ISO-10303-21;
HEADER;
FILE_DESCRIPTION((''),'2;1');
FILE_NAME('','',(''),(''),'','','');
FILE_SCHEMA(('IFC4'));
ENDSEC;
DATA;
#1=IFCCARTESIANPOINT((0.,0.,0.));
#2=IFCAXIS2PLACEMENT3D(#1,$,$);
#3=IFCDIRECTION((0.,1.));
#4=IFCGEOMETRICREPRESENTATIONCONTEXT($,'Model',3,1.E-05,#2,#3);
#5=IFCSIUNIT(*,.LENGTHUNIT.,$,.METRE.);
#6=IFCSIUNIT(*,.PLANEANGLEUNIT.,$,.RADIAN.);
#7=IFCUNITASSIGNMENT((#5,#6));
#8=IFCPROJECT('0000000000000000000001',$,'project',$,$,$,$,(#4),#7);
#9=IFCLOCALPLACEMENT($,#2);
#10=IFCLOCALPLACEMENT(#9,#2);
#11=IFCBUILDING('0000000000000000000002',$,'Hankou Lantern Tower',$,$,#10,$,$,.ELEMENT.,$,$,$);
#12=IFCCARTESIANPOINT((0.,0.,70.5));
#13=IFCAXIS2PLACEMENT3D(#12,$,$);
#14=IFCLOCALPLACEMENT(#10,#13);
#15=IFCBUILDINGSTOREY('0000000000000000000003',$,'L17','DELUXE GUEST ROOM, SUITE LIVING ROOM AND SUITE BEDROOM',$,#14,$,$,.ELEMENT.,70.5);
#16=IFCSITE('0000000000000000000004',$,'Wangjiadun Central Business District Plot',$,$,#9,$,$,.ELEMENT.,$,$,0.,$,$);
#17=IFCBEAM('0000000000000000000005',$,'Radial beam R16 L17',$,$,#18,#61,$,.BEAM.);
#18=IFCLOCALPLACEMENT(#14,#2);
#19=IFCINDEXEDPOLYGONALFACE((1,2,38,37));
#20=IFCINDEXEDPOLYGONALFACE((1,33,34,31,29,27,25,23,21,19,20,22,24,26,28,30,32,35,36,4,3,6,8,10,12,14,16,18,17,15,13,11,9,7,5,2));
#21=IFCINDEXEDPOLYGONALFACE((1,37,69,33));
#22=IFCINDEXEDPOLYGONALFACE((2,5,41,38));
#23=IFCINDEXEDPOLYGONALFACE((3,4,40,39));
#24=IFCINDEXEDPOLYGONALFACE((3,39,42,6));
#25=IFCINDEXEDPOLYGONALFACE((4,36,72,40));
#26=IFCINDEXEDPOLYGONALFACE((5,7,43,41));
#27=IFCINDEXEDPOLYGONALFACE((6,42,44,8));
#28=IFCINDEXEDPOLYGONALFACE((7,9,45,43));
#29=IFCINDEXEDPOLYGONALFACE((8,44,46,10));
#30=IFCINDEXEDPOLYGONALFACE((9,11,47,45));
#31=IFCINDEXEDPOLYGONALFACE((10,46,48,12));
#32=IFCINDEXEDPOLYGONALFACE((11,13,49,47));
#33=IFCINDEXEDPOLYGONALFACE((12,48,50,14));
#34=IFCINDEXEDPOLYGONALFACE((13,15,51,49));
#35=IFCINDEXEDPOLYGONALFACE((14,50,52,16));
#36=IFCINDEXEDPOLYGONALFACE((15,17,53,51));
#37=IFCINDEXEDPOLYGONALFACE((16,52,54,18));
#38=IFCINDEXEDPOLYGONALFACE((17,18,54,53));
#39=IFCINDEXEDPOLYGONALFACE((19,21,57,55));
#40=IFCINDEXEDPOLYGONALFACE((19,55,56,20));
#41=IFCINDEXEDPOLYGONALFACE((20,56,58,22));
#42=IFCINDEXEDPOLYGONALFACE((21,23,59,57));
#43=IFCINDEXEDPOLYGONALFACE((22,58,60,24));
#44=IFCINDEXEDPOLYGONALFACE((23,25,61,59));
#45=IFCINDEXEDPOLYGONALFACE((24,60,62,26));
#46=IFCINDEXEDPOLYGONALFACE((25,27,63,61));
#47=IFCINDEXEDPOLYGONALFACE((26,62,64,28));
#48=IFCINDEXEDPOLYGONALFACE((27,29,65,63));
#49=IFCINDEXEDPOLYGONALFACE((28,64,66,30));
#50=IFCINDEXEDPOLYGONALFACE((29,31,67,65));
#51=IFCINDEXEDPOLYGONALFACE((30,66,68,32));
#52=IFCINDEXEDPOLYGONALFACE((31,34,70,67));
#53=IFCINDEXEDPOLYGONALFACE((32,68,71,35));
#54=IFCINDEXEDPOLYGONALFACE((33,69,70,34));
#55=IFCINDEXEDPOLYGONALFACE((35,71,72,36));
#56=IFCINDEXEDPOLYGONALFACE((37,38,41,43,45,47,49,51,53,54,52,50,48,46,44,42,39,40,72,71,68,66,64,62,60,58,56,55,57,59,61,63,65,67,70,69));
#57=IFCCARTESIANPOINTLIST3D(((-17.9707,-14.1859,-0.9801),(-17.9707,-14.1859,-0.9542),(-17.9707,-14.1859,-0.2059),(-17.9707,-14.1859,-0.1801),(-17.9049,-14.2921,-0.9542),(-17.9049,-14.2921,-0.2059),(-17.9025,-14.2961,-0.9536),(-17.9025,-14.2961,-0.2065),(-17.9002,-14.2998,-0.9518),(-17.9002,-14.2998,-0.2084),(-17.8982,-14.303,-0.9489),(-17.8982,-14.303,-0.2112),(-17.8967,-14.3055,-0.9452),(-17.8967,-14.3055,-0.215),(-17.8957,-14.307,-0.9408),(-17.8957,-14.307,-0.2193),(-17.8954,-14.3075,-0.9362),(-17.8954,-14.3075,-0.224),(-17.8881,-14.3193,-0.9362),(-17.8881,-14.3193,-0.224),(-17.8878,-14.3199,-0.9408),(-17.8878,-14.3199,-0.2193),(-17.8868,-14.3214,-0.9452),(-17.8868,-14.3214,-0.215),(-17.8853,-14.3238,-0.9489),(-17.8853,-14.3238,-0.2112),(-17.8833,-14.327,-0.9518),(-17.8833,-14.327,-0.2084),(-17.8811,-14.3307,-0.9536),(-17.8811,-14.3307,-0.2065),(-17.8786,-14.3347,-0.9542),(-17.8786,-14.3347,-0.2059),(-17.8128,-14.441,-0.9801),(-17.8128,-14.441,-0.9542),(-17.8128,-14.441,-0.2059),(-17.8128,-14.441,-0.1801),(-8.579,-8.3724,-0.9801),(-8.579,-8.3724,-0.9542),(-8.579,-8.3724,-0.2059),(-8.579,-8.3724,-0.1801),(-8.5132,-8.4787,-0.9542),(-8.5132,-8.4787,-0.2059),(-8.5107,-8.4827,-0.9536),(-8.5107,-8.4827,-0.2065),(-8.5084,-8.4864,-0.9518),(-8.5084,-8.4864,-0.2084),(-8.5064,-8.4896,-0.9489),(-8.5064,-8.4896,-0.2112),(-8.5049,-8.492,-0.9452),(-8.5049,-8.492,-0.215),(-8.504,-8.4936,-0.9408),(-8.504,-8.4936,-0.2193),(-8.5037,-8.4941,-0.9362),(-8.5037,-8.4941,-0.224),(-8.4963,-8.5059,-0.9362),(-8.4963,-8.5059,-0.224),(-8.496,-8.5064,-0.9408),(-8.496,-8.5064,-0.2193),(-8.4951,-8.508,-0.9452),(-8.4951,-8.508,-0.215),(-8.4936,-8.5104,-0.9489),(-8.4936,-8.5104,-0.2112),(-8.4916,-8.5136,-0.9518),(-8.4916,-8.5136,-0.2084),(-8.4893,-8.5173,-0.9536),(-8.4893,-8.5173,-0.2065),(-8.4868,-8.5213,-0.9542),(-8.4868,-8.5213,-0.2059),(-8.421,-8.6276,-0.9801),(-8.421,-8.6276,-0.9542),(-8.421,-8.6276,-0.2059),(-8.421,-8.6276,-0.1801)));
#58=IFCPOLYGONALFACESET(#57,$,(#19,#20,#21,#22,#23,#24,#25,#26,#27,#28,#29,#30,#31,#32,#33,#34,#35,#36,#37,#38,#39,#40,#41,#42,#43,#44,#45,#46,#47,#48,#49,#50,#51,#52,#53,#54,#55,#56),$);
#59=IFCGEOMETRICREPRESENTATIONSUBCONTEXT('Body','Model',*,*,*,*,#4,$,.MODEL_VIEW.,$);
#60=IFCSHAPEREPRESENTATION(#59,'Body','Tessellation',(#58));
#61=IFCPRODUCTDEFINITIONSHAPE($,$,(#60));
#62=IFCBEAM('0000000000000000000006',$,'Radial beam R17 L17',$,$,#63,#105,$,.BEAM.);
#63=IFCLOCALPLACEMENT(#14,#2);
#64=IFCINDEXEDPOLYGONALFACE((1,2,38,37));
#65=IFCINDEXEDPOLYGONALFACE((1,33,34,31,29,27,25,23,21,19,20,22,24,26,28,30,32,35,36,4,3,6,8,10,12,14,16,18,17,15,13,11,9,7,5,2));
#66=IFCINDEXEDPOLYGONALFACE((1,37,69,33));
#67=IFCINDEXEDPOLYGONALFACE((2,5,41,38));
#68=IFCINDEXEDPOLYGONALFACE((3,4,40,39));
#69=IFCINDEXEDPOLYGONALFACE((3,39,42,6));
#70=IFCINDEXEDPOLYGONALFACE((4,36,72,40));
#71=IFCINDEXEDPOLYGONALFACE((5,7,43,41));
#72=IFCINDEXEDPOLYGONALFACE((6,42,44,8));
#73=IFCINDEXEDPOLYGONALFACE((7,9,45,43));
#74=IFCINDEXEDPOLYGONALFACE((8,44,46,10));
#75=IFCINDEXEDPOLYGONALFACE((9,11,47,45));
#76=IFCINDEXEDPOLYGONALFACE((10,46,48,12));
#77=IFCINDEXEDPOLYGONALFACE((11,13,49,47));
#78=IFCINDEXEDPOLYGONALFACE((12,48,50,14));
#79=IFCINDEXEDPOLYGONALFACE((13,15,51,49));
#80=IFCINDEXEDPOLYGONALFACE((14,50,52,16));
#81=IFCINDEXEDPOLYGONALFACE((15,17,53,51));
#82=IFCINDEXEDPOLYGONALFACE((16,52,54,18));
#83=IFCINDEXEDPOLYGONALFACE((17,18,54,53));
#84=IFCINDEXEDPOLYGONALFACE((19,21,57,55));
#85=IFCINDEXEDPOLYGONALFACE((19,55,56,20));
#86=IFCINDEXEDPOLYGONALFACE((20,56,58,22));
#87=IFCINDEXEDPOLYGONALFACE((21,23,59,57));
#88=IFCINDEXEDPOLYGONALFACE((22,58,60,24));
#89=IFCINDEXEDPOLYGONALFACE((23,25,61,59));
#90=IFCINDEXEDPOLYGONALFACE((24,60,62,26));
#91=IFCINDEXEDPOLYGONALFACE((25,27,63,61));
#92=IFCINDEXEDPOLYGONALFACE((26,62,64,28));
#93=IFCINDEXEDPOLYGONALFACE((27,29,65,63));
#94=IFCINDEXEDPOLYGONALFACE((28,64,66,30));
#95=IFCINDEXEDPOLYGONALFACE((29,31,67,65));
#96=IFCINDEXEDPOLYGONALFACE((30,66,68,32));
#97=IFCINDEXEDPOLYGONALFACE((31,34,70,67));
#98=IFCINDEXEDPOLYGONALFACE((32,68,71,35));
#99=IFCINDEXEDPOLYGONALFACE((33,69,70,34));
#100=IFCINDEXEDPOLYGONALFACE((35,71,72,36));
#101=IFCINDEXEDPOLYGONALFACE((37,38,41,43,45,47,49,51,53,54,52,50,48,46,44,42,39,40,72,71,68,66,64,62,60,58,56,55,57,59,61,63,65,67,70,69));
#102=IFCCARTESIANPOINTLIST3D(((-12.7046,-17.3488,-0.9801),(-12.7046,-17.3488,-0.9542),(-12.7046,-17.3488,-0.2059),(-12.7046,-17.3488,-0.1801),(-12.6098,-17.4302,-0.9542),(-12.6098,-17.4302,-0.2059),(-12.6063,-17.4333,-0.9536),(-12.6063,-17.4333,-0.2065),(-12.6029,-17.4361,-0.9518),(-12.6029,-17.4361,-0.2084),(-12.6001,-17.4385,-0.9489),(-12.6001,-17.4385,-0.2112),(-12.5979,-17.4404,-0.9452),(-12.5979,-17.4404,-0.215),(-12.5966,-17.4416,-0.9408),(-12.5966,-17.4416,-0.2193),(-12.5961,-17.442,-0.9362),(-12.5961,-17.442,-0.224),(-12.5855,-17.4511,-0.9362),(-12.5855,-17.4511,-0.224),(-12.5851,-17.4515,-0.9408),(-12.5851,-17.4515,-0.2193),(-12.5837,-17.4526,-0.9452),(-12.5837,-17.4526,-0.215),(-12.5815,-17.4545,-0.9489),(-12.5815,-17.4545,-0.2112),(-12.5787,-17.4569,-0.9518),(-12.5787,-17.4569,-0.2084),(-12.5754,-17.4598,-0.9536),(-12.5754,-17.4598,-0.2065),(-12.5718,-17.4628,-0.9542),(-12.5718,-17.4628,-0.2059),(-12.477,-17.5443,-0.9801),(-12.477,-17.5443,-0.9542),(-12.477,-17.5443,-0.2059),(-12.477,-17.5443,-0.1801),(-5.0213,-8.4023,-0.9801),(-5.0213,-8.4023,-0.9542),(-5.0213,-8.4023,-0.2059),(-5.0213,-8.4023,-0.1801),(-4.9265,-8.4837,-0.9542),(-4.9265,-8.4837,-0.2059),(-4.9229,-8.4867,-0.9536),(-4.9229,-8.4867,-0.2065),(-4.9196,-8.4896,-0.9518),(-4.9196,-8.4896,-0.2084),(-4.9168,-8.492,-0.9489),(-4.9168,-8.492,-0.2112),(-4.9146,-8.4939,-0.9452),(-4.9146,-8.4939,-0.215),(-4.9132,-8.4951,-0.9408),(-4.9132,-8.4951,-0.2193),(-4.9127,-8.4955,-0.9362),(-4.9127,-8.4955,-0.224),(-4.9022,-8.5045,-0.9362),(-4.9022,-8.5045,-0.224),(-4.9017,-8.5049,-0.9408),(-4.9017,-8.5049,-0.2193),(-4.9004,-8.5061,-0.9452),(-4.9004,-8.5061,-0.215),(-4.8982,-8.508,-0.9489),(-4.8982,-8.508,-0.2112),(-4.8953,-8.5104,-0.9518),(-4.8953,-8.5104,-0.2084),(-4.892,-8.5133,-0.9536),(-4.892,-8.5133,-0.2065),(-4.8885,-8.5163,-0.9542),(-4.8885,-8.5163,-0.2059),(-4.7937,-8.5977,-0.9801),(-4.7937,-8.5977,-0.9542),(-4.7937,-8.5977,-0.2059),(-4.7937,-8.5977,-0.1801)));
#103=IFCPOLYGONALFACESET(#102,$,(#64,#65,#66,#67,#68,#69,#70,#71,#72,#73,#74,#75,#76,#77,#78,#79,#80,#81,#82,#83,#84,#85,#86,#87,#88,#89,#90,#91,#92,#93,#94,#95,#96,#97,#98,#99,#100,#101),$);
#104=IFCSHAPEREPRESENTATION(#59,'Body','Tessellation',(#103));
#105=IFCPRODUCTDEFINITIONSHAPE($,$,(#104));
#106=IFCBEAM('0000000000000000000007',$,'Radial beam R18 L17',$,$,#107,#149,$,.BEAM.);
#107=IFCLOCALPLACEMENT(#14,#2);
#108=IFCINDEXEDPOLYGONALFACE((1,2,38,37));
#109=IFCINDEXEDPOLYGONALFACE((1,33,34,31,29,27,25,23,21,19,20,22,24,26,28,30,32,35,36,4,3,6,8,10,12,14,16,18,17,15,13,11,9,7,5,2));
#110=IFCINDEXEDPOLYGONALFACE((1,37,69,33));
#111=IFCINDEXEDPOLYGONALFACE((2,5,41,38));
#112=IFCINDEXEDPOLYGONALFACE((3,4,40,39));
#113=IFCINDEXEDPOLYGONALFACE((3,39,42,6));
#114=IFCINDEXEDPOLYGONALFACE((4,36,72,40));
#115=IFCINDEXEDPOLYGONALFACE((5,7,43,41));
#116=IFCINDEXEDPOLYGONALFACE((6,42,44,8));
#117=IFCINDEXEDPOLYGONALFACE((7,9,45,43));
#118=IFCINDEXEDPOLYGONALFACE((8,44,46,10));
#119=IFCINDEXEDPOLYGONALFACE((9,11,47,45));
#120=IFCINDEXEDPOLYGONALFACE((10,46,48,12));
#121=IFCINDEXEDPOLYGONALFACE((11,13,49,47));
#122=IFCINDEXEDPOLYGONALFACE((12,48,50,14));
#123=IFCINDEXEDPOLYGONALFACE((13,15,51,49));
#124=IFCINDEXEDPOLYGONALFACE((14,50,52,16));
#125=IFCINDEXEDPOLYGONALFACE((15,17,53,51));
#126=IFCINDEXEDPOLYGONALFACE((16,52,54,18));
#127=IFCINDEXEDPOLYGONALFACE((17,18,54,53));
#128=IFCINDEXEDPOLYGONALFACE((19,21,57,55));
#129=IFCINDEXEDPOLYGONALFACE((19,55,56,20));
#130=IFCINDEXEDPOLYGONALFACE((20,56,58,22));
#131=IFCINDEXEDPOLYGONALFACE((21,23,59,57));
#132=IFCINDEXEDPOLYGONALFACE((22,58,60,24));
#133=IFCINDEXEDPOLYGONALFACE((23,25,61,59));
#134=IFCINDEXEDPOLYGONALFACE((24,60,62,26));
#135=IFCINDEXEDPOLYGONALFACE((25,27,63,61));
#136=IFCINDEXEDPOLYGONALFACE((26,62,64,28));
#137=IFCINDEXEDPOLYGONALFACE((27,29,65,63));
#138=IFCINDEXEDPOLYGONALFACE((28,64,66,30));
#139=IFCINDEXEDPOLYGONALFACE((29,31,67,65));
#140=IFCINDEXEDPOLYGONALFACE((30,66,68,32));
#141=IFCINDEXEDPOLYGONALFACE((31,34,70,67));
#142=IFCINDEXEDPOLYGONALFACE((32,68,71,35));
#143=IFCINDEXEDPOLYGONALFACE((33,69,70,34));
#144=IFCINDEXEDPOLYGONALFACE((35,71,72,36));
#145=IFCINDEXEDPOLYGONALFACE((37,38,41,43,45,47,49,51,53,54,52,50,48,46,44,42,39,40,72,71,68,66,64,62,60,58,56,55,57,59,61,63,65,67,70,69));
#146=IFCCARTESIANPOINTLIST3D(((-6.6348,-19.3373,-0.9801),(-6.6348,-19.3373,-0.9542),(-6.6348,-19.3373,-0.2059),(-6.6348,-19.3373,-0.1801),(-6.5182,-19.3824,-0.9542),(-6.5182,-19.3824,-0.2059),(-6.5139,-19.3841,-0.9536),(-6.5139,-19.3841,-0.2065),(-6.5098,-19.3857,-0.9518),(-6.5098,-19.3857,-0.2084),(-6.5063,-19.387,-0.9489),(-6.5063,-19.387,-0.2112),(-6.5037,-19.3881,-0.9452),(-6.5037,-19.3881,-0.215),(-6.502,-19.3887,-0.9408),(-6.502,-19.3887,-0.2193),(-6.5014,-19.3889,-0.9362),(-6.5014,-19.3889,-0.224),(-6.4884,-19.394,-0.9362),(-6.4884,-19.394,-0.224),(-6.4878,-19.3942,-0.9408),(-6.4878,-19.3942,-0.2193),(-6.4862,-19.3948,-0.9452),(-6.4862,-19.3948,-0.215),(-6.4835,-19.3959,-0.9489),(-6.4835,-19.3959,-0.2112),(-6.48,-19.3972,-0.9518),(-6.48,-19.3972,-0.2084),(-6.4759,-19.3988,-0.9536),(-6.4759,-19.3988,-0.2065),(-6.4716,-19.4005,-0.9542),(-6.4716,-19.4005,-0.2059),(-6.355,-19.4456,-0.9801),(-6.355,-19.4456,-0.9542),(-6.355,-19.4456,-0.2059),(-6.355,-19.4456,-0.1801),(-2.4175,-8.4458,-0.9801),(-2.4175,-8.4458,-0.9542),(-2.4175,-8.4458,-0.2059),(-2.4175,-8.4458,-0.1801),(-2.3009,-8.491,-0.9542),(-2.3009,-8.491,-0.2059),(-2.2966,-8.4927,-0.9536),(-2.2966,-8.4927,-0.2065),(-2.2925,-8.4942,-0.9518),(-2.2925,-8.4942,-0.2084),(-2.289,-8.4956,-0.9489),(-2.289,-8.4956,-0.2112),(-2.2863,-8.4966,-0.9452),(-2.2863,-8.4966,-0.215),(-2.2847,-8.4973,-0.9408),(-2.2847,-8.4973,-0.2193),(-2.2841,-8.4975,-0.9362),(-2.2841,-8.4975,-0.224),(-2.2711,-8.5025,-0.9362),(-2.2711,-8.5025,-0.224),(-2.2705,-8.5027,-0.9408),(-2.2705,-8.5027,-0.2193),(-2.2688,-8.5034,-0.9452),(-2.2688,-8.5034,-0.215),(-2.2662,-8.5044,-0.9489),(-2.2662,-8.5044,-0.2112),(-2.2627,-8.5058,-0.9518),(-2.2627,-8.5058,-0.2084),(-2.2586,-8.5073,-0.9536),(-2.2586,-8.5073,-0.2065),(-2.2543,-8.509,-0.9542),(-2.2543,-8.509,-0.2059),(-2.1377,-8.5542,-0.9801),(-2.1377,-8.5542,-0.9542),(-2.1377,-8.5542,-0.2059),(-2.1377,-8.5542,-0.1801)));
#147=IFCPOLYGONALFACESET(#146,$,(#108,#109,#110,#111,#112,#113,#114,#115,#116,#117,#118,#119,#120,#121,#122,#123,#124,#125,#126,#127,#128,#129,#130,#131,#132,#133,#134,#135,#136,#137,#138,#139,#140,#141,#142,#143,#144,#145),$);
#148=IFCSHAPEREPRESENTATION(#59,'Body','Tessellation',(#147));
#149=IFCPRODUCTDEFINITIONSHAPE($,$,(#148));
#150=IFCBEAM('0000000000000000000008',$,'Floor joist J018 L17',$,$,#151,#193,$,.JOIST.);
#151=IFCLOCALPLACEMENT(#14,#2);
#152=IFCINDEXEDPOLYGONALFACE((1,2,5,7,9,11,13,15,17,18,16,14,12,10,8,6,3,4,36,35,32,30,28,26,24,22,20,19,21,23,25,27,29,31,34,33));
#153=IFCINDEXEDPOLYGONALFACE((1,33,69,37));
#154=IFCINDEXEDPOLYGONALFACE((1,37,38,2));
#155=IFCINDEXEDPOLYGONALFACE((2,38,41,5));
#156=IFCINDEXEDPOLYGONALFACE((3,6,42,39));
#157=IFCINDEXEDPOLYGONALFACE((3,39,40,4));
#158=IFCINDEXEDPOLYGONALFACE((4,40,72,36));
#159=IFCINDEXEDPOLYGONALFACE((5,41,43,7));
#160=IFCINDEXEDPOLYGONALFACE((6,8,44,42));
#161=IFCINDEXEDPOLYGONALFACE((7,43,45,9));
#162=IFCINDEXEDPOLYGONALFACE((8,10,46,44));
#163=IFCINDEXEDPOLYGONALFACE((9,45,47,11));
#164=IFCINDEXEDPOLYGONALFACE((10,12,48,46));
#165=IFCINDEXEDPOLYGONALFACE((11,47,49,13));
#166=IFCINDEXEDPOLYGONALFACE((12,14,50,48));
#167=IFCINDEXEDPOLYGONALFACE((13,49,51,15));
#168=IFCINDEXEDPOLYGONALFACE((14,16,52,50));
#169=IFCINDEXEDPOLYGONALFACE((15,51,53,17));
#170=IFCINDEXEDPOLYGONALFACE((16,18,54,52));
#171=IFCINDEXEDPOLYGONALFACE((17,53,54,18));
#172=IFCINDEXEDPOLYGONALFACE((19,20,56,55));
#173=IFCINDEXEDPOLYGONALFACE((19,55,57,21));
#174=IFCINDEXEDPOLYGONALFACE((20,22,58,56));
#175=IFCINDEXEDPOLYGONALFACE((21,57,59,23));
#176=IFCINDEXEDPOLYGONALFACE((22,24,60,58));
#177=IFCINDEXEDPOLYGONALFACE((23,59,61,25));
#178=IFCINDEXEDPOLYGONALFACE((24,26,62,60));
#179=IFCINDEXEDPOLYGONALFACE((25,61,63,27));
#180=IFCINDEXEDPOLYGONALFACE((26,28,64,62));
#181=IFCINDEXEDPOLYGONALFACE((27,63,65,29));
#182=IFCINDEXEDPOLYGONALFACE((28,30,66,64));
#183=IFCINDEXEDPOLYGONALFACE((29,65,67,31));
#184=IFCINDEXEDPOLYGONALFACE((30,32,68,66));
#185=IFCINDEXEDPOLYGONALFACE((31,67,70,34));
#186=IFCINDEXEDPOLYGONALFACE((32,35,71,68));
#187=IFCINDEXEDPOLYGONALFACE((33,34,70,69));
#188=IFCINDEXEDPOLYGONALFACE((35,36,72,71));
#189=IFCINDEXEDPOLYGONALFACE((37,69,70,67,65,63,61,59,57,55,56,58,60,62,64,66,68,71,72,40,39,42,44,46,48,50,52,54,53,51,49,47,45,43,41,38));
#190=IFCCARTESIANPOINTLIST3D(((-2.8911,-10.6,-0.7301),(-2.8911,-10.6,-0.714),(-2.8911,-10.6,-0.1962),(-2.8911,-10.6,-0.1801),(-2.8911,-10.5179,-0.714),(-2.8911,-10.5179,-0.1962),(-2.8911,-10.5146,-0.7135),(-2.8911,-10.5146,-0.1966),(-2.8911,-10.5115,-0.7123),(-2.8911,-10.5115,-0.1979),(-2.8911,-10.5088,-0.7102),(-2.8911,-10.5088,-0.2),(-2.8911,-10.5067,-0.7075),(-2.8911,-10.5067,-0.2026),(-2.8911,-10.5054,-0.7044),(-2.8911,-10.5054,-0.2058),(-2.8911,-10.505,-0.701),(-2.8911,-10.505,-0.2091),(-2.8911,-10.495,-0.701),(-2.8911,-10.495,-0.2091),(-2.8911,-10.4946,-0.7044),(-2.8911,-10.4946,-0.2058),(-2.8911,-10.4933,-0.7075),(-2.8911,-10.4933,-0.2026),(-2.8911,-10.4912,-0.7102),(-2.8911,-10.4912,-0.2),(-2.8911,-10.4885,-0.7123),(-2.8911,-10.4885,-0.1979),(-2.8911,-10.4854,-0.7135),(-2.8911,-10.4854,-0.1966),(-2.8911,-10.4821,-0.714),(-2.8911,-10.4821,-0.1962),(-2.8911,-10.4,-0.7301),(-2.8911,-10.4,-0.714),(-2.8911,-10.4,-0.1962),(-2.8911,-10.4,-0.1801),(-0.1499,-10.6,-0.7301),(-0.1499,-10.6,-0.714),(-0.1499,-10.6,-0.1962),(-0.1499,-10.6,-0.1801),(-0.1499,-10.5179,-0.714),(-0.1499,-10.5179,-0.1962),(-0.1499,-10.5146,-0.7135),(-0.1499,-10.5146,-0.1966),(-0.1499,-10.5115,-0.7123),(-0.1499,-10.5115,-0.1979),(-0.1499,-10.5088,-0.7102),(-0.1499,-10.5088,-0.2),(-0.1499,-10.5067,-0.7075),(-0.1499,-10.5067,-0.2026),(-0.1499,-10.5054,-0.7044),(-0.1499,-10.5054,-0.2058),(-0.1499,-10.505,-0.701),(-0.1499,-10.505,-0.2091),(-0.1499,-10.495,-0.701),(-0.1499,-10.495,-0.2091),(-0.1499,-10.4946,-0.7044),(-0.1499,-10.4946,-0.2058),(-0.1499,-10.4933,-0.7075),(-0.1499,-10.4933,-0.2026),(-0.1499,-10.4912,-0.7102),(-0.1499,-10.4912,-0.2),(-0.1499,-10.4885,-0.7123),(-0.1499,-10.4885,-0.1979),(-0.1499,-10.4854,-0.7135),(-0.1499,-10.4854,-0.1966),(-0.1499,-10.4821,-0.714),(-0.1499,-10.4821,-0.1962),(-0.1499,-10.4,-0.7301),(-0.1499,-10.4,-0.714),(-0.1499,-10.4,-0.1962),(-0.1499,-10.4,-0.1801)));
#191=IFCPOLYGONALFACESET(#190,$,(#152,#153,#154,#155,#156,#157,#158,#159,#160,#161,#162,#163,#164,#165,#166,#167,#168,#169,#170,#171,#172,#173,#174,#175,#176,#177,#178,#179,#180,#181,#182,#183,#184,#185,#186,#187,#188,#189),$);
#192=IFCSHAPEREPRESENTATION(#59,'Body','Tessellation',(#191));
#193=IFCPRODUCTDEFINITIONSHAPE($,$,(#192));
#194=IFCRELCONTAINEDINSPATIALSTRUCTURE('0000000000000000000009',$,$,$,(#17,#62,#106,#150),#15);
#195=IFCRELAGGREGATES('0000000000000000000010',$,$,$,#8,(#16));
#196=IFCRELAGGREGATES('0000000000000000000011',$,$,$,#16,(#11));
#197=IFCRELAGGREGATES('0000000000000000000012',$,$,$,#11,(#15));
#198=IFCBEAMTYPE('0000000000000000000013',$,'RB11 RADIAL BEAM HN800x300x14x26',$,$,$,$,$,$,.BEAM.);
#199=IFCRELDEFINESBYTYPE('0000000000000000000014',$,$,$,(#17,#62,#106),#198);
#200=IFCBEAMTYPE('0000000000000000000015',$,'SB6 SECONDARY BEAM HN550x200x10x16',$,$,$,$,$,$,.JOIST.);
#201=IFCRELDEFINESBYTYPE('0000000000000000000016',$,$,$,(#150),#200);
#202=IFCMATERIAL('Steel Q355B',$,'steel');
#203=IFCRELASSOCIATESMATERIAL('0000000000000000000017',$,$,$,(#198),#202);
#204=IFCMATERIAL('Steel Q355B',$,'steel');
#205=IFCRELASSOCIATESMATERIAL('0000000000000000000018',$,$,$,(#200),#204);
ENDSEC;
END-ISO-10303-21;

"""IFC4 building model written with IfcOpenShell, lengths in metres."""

from ifc_helpers import new_model, si_unit, direction, frame, origin, origin_2d, place, context, subcontext, project, spatial, i_section, extrude, material, material_profile, profile_set, type_object, element, save


model = new_model("IFC4")

# Units and contexts
model_context = context("Model", 3, precision=1e-05, world=origin(), true_north=direction((0.0, 1.0)))
body_context = subcontext(model_context, "Body", "Model", "MODEL_VIEW")
ifc_project = project(units=[si_unit("LENGTHUNIT", "METRE"), si_unit("PLANEANGLEUNIT", "RADIAN")], contexts=[model_context])

# Site, building, storey
site_placement = place(None, origin())
site = spatial("IfcSite", under=ifc_project, at=site_placement, Name="Wangjiadun Central Business District Plot", CompositionType="ELEMENT", RefElevation=0.0)
building_placement = place(site_placement, origin())
building = spatial("IfcBuilding", under=site, at=building_placement, Name="Hankou Lantern Tower", CompositionType="ELEMENT")
storey_placement = place(building_placement, frame((0.0, 0.0, 70.5)))
storey = spatial("IfcBuildingStorey", under=building, at=storey_placement, Name="L17", Description="DELUXE GUEST ROOM, SUITE LIVING ROOM AND SUITE BEDROOM", CompositionType="ELEMENT", Elevation=70.5)

# Beams
ifc_material_1 = material(Name="Steel Q355B", Category="steel")
ifc_material_profile_1 = material_profile(ifc_material_1, i_section(OverallWidth=0.3, OverallDepth=0.8, WebThickness=0.0139, FlangeThickness=0.0259, FilletRadius=0.0181, at=origin_2d()), Name="HN800x300x14x26")
ifc_profile_set_1 = profile_set([ifc_material_profile_1], Name="Steel Q355B")
beam_type_1 = type_object("IfcBeamType", Name="RB11 RADIAL BEAM HN800x300x14x26", PredefinedType="BEAM", material=ifc_profile_set_1)
beam_1_placement = place(storey_placement, frame((-8.5, -8.5, -0.5801), z_axis=(-0.850286, -0.52632, 0.0), x_axis=(0.52632, -0.850286, 0.0)))
element("IfcBeam", 1, at=beam_1_placement, inside=storey, type_object=beam_type_1, Name="Radial beam R16 L17", PredefinedType="BEAM", context=body_context, shape_type="SweptSolid", body=[
    extrude(i_section(OverallWidth=0.3, OverallDepth=0.8, WebThickness=0.0139, FlangeThickness=0.0259, FilletRadius=0.0181, at=origin_2d()), origin(), (0.0, 0.0, 1.0), 11.0454),
])
beam_2_placement = place(storey_placement, frame((-4.9075, -8.5, -0.5801), z_axis=(-0.651519, -0.758632, 0.0), x_axis=(0.758632, -0.651519, 0.0)))
element("IfcBeam", 2, at=beam_2_placement, inside=storey, type_object=beam_type_1, Name="Radial beam R17 L17", PredefinedType="BEAM", context=body_context, shape_type="SweptSolid", body=[
    extrude(i_section(OverallWidth=0.3, OverallDepth=0.8, WebThickness=0.0139, FlangeThickness=0.0259, FilletRadius=0.0181, at=origin_2d()), origin(), (0.0, 0.0, 1.0), 11.793),
])
beam_3_placement = place(storey_placement, frame((-2.2776, -8.5, -0.5801), z_axis=(-0.361089, -0.932531, 0.0), x_axis=(0.932531, -0.361089, 0.0)))
element("IfcBeam", 3, at=beam_3_placement, inside=storey, type_object=beam_type_1, Name="Radial beam R18 L17", PredefinedType="BEAM", context=body_context, shape_type="SweptSolid", body=[
    extrude(i_section(OverallWidth=0.3, OverallDepth=0.8, WebThickness=0.0139, FlangeThickness=0.0259, FilletRadius=0.0181, at=origin_2d()), origin(), (0.0, 0.0, 1.0), 11.6794),
])
ifc_material_2 = material(Name="Steel Q355B", Category="steel")
ifc_material_profile_2 = material_profile(ifc_material_2, i_section(OverallWidth=0.2, OverallDepth=0.55, WebThickness=0.01, FlangeThickness=0.0161, FilletRadius=0.0129, at=origin_2d()), Name="HN550x200x10x16")
ifc_profile_set_2 = profile_set([ifc_material_profile_2], Name="Steel Q355B")
beam_type_2 = type_object("IfcBeamType", Name="SB6 SECONDARY BEAM HN550x200x10x16", PredefinedType="JOIST", material=ifc_profile_set_2)
beam_4_placement = place(storey_placement, frame((-2.8911, -10.5, -0.4551), z_axis=(1.0, 0.0, 0.0), x_axis=(0.0, 1.0, 0.0)))
element("IfcBeam", 4, at=beam_4_placement, inside=storey, type_object=beam_type_2, Name="Floor joist J018 L17", PredefinedType="JOIST", context=body_context, shape_type="SweptSolid", body=[
    extrude(i_section(OverallWidth=0.2, OverallDepth=0.55, WebThickness=0.01, FlangeThickness=0.0161, FilletRadius=0.0129, at=origin_2d()), origin(), (0.0, 0.0, 1.0), 2.7412),
])

save(model, "model.ifc")
